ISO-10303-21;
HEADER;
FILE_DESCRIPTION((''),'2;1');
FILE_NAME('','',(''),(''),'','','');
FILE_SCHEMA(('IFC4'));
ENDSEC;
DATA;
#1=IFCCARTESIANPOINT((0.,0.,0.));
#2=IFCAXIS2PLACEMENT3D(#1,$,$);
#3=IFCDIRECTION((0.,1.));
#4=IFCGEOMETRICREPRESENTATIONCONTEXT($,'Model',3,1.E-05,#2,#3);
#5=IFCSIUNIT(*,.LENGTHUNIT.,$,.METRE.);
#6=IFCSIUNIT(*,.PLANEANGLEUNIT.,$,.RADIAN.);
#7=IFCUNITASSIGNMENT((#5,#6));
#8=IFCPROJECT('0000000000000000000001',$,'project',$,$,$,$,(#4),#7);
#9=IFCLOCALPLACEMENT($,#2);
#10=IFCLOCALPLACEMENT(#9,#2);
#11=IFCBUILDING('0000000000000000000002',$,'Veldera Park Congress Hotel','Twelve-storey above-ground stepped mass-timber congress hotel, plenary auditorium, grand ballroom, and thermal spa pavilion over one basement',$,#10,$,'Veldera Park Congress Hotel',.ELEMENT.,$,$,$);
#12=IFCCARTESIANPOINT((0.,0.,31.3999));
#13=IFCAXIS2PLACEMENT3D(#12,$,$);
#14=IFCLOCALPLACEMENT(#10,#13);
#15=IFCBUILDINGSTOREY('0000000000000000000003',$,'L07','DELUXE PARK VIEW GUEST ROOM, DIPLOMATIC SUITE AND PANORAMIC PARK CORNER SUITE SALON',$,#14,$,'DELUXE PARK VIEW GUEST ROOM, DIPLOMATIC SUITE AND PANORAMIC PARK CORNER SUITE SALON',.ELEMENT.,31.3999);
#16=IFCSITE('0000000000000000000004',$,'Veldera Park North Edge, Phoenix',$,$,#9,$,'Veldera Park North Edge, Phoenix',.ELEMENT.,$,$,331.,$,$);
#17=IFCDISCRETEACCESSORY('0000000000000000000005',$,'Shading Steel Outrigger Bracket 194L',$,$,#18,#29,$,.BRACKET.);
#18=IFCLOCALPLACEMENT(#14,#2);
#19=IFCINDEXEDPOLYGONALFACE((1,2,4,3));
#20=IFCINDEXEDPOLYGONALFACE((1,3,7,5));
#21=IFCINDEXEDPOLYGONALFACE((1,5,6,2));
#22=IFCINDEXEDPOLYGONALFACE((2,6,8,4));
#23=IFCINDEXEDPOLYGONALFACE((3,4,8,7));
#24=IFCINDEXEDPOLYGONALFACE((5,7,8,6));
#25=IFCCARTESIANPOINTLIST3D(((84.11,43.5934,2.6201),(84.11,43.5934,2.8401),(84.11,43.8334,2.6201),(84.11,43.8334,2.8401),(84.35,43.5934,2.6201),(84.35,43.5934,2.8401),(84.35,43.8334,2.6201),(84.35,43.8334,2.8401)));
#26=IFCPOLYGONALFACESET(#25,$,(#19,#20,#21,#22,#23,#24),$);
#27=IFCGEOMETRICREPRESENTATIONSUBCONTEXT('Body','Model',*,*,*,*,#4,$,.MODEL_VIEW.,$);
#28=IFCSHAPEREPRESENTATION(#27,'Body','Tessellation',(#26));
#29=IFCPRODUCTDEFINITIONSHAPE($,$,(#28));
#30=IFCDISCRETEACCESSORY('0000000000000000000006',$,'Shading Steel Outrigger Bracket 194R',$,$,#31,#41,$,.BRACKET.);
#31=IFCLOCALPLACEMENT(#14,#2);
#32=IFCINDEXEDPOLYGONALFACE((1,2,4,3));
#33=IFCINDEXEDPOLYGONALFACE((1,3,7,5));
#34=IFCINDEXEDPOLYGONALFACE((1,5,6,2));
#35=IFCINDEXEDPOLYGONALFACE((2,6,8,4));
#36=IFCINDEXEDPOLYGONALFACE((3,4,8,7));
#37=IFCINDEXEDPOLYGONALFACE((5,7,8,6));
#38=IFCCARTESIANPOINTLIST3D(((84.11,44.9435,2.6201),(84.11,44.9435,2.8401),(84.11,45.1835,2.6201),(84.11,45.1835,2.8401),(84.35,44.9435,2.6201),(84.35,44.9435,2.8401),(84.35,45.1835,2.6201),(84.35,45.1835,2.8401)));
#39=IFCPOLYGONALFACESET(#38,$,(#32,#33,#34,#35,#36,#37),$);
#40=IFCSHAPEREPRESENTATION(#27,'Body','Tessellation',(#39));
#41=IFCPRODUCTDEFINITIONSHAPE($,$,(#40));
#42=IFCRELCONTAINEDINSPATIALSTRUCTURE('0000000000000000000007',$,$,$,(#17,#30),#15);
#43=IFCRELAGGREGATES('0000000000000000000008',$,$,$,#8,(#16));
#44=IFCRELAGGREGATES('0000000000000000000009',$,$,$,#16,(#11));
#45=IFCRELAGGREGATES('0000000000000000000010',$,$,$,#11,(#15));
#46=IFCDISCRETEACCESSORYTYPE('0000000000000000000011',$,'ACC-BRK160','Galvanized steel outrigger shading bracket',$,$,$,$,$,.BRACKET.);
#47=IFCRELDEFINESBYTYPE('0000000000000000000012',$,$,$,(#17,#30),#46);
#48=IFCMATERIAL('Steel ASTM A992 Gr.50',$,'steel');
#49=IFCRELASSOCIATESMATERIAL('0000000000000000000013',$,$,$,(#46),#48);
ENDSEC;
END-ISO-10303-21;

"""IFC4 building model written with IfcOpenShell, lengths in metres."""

from ifc_helpers import new_model, si_unit, direction, frame, origin, origin_2d, place, context, subcontext, project, spatial, rectangle, extrude, material, type_object, element, save


model = new_model("IFC4")

# Units and contexts
model_context = context("Model", 3, precision=1e-05, world=origin(), true_north=direction((0.0, 1.0)))
body_context = subcontext(model_context, "Body", "Model", "MODEL_VIEW")
ifc_project = project(units=[si_unit("LENGTHUNIT", "METRE"), si_unit("PLANEANGLEUNIT", "RADIAN")], contexts=[model_context])

# Site, building, storey
site_placement = place(None, origin())
site = spatial("IfcSite", under=ifc_project, at=site_placement, Name="Veldera Park North Edge, Phoenix", LongName="Veldera Park North Edge, Phoenix", CompositionType="ELEMENT", RefElevation=331.0)
building_placement = place(site_placement, origin())
building = spatial("IfcBuilding", under=site, at=building_placement, Name="Veldera Park Congress Hotel", Description="Twelve-storey above-ground stepped mass-timber congress hotel, plenary auditorium, grand ballroom, and thermal spa pavilion over one basement", LongName="Veldera Park Congress Hotel", CompositionType="ELEMENT")
storey_placement = place(building_placement, frame((0.0, 0.0, 31.3999)))
storey = spatial("IfcBuildingStorey", under=building, at=storey_placement, Name="L07", Description="DELUXE PARK VIEW GUEST ROOM, DIPLOMATIC SUITE AND PANORAMIC PARK CORNER SUITE SALON", LongName="DELUXE PARK VIEW GUEST ROOM, DIPLOMATIC SUITE AND PANORAMIC PARK CORNER SUITE SALON", CompositionType="ELEMENT", Elevation=31.3999)

# Shared definitions
ifc_material_1 = material(Name="Steel ASTM A992 Gr.50", Category="steel")

# Discrete accessories
discrete_accessory_type = type_object("IfcDiscreteAccessoryType", Name="ACC-BRK160", Description="Galvanized steel outrigger shading bracket", PredefinedType="BRACKET", material=ifc_material_1)
for number, where, z_axis, x_axis, name in (
    (1, (84.23, 43.7134, 2.6201), (0.0, 0.0, 1.0), (0.0, 1.0, 0.0), "Shading Steel Outrigger Bracket 194L"),
    (2, (84.23, 45.0635, 2.6201), (0.0, 0.0, 1.0), (0.0, 1.0, 0.0), "Shading Steel Outrigger Bracket 194R"),
):
    element("IfcDiscreteAccessory", number, at=place(storey_placement, frame(where, z_axis=z_axis, x_axis=x_axis)), inside=storey, type_object=discrete_accessory_type, Name=name, PredefinedType="BRACKET", context=body_context, shape_type="SweptSolid", body=[
        extrude(rectangle(XDim=0.24, YDim=0.24, at=origin_2d()), origin(), (0.0, 0.0, 1.0), 0.22),
    ])

save(model, "model.ifc")
